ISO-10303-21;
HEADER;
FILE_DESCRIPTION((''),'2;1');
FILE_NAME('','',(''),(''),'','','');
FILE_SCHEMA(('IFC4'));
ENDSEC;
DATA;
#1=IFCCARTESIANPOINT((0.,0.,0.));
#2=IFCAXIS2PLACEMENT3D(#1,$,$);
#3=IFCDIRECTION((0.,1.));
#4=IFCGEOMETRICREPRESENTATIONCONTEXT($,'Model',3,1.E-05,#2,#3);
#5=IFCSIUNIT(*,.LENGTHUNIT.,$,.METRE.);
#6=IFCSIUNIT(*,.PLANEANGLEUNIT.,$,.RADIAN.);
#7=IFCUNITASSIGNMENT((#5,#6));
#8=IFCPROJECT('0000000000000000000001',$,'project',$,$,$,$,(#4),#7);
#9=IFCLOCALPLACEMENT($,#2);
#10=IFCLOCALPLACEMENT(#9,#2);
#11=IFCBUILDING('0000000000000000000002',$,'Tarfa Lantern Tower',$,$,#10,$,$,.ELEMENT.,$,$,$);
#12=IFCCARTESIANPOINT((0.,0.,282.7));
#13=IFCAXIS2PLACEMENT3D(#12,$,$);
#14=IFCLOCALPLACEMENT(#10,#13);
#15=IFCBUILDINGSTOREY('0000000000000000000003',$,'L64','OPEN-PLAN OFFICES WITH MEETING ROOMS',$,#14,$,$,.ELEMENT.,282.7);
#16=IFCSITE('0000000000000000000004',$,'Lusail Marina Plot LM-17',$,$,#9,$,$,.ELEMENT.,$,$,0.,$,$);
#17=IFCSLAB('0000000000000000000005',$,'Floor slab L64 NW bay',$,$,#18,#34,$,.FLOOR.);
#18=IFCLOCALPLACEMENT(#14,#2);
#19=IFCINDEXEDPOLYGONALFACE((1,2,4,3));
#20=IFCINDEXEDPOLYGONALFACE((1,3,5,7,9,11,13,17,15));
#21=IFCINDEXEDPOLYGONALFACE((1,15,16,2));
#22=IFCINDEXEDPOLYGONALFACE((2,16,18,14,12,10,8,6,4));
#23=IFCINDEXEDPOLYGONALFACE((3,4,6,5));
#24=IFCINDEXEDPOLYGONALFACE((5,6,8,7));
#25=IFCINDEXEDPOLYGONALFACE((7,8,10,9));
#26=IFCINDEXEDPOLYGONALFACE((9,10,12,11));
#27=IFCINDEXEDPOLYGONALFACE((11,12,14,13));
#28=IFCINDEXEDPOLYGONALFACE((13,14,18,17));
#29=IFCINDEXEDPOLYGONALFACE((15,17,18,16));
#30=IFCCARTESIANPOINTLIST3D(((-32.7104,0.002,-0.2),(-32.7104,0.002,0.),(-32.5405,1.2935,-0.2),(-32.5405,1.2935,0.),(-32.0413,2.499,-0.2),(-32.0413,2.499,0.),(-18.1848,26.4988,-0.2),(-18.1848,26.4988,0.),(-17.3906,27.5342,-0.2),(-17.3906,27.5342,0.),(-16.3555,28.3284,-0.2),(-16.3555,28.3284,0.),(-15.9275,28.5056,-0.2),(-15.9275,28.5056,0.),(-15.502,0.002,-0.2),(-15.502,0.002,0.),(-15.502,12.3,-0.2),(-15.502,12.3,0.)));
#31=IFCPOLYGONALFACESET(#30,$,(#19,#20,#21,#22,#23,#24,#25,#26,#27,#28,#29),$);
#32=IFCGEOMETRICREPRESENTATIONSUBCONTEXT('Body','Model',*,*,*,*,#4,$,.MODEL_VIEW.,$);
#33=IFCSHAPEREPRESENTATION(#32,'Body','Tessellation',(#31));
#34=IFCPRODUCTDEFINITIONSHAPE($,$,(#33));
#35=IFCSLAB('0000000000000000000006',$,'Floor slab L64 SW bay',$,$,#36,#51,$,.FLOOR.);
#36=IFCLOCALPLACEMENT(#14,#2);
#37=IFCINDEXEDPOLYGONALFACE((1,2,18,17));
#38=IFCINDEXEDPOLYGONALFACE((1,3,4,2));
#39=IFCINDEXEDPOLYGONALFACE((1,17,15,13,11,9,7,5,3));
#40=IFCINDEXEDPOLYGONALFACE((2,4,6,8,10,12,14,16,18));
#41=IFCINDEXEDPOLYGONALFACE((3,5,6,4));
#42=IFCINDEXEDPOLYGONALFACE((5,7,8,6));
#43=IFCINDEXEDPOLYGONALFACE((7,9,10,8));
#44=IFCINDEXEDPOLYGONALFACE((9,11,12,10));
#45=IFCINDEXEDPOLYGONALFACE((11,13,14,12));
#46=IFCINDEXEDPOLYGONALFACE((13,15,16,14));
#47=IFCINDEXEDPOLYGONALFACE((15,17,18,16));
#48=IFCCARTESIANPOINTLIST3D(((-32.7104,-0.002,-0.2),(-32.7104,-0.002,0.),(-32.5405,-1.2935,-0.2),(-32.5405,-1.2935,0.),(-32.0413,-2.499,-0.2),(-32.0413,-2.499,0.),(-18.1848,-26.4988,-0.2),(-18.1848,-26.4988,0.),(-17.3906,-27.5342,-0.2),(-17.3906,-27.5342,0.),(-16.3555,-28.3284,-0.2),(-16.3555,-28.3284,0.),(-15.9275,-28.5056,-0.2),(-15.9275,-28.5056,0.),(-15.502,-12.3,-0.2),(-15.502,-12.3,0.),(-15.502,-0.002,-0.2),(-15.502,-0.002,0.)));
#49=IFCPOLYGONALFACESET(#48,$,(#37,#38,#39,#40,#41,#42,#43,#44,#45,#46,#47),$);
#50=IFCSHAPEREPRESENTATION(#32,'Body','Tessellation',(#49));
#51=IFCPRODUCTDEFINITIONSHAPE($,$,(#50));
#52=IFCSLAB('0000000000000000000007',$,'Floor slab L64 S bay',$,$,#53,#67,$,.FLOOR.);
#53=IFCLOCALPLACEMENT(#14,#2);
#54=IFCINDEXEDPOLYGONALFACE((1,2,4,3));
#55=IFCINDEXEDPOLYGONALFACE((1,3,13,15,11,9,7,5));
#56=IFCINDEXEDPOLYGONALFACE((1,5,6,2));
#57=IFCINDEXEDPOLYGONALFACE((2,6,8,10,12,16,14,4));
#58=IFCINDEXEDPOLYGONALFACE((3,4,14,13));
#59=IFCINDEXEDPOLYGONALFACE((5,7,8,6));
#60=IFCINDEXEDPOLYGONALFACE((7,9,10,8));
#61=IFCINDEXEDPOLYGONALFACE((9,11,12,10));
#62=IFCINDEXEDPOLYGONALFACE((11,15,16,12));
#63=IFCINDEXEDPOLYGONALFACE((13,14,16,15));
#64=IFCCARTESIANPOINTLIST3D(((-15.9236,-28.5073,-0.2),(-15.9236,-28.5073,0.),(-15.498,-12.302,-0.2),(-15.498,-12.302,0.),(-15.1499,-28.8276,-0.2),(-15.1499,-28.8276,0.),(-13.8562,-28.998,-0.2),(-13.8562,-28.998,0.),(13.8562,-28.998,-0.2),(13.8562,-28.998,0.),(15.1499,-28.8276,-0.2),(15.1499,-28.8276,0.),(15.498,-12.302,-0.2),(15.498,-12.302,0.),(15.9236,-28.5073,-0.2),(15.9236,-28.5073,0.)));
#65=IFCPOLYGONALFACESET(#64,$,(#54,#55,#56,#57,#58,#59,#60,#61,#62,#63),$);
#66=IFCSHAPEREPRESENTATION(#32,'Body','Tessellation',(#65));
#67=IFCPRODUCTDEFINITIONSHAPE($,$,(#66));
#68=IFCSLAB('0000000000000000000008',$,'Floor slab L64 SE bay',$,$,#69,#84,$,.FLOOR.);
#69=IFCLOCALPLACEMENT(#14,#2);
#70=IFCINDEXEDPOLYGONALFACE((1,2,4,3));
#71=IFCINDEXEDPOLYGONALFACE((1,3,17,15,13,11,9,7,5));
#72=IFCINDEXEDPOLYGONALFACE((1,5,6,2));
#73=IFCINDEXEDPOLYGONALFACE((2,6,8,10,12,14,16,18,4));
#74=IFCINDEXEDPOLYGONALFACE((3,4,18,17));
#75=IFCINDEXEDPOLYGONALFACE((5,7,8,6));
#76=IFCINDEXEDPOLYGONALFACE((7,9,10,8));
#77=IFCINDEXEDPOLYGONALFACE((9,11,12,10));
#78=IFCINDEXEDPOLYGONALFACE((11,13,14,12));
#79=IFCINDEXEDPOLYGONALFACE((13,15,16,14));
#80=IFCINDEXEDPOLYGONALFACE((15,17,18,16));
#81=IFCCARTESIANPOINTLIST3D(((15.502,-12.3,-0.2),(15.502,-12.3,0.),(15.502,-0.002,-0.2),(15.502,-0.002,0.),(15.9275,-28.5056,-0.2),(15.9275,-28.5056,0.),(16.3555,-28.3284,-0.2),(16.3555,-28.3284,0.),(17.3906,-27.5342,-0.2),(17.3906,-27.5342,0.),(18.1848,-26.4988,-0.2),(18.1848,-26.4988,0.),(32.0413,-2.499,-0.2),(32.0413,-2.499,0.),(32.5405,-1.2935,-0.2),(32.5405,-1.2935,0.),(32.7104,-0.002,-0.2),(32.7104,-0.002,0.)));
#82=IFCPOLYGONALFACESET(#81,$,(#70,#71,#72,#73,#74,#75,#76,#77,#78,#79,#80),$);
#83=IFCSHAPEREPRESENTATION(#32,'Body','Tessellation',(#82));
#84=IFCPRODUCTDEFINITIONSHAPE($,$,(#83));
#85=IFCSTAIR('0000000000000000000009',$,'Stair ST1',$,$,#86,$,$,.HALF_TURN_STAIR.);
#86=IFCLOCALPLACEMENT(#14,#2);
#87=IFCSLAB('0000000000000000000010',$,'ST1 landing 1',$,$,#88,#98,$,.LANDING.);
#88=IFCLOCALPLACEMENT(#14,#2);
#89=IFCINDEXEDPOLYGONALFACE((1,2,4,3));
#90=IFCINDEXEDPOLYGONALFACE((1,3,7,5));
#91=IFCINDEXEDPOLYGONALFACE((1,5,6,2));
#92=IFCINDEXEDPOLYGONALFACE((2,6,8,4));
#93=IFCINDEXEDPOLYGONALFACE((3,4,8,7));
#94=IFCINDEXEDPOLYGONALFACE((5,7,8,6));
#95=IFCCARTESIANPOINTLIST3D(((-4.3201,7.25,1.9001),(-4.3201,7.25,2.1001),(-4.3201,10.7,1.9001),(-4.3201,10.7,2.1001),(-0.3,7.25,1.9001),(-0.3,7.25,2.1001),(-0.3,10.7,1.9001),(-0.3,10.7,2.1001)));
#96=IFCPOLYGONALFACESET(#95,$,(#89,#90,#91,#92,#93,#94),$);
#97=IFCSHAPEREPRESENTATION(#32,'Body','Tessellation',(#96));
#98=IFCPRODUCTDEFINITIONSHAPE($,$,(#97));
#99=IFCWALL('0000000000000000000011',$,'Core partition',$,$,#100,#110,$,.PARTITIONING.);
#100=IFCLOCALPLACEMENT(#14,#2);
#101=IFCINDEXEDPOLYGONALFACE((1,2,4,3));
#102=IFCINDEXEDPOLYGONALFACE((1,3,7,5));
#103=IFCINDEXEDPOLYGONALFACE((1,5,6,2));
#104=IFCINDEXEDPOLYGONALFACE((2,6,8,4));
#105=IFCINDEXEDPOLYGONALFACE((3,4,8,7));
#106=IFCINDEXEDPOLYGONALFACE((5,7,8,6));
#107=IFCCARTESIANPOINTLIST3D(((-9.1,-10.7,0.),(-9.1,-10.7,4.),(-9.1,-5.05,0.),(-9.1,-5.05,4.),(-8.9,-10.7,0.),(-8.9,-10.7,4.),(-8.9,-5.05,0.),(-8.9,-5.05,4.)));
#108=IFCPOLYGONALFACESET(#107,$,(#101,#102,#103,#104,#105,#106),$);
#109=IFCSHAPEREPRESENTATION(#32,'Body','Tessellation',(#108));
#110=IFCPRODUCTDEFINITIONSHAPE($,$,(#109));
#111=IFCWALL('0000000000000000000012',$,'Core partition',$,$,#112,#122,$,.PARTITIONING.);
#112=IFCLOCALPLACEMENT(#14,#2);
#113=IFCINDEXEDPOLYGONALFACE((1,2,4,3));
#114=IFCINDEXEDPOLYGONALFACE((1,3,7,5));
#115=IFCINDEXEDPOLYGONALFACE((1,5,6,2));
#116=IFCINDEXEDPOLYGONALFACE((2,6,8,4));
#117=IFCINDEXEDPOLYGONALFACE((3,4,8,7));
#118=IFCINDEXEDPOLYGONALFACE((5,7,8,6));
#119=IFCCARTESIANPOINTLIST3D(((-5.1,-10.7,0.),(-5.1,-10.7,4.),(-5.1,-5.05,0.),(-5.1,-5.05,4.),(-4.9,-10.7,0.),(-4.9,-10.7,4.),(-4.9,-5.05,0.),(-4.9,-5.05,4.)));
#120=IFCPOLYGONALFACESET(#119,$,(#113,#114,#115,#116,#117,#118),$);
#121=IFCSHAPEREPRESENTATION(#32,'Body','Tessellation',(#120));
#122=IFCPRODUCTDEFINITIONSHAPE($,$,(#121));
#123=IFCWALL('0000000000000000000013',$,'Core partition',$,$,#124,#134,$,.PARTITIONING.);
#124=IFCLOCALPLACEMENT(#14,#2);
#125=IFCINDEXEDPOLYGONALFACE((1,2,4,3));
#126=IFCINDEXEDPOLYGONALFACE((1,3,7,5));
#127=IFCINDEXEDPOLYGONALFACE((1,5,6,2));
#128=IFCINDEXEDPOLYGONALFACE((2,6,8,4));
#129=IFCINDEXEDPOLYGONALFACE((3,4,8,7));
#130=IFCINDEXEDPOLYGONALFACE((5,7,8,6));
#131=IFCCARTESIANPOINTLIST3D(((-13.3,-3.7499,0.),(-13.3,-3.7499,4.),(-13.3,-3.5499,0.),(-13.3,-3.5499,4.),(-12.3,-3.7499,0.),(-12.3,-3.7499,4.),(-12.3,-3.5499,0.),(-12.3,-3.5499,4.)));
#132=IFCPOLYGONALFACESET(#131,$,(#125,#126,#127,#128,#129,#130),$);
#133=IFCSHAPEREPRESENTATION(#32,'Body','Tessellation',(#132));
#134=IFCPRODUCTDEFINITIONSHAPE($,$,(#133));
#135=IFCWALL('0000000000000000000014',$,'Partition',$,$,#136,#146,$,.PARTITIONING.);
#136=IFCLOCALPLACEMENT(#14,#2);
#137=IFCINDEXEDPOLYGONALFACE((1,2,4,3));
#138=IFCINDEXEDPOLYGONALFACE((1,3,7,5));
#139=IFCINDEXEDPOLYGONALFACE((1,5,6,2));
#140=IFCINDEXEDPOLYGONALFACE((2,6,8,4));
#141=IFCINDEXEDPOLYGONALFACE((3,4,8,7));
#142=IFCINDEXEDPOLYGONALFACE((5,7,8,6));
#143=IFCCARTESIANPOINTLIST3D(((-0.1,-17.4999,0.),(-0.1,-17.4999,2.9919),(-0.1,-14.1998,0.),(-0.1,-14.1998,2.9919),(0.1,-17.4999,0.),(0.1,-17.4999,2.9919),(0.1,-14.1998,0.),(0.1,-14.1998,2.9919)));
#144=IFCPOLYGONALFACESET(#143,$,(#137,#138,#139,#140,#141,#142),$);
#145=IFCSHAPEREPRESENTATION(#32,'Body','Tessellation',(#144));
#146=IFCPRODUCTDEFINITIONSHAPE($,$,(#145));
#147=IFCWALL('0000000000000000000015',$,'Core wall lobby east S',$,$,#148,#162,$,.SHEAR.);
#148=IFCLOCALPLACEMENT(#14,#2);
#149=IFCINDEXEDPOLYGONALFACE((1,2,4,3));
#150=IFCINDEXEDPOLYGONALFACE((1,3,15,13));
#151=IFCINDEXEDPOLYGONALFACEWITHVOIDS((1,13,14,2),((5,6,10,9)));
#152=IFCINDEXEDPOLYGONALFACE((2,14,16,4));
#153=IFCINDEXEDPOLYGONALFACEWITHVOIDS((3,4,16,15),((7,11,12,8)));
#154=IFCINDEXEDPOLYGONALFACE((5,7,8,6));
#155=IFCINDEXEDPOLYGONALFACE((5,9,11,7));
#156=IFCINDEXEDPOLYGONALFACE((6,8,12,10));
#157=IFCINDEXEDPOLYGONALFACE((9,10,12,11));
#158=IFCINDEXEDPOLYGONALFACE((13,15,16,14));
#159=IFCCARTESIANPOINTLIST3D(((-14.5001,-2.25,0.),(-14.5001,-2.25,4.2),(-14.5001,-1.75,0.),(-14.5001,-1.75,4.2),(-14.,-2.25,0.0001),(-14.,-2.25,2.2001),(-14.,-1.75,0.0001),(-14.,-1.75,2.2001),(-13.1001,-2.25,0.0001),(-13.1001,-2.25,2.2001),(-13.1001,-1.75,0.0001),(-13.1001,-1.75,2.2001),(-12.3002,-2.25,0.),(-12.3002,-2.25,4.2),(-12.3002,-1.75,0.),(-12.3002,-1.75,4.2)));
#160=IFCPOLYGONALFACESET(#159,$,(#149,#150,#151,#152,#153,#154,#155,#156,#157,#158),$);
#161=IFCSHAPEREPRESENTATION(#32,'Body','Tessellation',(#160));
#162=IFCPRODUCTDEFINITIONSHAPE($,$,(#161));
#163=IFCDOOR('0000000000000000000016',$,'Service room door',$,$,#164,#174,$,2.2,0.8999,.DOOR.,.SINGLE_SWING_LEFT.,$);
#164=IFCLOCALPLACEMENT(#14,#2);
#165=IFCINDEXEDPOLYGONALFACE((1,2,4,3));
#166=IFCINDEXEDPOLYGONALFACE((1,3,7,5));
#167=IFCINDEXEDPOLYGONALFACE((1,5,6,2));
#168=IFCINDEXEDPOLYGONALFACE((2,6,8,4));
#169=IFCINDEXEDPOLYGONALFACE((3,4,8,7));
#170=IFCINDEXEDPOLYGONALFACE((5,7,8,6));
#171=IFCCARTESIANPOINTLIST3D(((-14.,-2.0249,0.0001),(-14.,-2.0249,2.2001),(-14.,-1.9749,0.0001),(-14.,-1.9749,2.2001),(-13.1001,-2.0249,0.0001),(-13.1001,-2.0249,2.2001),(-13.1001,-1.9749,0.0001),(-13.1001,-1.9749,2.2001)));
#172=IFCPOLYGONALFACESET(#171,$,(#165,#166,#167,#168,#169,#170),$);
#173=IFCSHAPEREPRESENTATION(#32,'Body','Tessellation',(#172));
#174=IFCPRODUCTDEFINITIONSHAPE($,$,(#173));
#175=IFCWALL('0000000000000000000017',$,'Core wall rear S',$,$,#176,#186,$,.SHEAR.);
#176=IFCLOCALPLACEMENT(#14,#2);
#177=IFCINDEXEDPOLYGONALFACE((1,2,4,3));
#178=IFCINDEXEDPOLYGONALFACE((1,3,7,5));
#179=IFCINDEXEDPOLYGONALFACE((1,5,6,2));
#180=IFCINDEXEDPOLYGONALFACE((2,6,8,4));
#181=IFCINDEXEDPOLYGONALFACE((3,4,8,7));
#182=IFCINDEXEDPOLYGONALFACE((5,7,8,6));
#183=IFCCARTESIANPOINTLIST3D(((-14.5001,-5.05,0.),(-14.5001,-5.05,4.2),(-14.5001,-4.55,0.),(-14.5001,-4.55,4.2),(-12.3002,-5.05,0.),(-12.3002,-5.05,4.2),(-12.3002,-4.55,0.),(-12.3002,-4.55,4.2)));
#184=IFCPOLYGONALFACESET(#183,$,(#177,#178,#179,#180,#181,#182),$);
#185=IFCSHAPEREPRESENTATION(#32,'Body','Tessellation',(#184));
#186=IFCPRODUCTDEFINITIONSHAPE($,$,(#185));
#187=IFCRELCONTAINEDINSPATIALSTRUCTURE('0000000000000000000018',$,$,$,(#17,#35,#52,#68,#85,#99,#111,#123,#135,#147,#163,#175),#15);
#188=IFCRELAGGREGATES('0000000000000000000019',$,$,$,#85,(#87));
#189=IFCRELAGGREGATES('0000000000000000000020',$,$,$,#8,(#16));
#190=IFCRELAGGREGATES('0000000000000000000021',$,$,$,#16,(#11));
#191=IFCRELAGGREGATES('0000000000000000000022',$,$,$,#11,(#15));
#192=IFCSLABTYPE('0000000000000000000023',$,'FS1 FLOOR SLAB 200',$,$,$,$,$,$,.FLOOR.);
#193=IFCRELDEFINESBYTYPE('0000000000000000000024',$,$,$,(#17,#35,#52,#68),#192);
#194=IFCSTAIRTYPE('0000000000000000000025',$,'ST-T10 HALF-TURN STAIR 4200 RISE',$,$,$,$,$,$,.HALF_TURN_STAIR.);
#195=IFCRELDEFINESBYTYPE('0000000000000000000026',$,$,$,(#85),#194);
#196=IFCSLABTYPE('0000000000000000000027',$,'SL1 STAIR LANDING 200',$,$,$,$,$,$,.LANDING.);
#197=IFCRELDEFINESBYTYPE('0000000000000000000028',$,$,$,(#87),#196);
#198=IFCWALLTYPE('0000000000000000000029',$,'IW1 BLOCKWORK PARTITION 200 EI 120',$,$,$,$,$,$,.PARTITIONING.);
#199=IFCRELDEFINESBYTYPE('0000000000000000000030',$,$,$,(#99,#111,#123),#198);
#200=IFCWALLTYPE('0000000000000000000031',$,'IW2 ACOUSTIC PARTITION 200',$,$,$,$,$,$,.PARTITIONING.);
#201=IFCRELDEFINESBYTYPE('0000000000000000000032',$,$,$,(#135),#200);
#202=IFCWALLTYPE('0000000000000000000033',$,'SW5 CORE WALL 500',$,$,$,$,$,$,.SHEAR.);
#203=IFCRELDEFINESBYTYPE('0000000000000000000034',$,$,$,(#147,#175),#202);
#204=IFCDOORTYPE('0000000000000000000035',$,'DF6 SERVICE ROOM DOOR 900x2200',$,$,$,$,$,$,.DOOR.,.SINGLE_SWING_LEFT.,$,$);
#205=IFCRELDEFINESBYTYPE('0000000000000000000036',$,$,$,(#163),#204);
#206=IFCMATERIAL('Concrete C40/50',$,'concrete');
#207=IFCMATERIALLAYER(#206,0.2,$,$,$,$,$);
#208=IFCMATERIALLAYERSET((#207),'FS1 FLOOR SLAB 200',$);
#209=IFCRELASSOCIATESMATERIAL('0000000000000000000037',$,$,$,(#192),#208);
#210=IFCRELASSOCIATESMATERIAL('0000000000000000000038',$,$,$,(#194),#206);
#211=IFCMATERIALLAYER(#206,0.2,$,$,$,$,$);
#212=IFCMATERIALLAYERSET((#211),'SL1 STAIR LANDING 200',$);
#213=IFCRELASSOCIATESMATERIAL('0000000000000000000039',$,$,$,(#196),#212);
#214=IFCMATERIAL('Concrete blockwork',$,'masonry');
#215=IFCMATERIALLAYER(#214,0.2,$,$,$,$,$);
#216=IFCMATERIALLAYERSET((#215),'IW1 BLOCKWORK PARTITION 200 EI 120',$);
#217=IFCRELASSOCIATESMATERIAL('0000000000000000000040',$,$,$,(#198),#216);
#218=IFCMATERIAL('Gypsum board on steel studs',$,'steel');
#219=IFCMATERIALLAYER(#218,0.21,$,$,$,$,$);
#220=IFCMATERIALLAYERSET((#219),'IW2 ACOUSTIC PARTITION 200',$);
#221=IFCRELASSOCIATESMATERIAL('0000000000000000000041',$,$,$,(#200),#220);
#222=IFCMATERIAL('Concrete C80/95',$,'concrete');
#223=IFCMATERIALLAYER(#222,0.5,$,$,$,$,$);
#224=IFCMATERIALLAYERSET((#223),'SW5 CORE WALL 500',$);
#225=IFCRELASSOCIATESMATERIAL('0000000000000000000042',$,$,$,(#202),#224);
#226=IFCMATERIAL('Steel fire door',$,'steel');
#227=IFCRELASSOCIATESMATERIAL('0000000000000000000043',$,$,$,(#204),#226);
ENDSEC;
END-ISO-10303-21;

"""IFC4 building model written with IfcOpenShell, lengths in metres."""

from ifc_helpers import new_model, si_unit, direction, frame, frame_2d, origin, place, context, subcontext, project, spatial, polyline, rectangle, outline, extrude, material, layer, layer_set, type_object, element, fill, aggregate, save


model = new_model("IFC4")

# Units and contexts
model_context = context("Model", 3, precision=1e-05, world=origin(), true_north=direction((0.0, 1.0)))
body_context = subcontext(model_context, "Body", "Model", "MODEL_VIEW")
ifc_project = project(units=[si_unit("LENGTHUNIT", "METRE"), si_unit("PLANEANGLEUNIT", "RADIAN")], contexts=[model_context])

# Site, building, storey
site_placement = place(None, origin())
site = spatial("IfcSite", under=ifc_project, at=site_placement, Name="Lusail Marina Plot LM-17", CompositionType="ELEMENT", RefElevation=0.0)
building_placement = place(site_placement, origin())
building = spatial("IfcBuilding", under=site, at=building_placement, Name="Tarfa Lantern Tower", CompositionType="ELEMENT")
storey_placement = place(building_placement, frame((0.0, 0.0, 282.7)))
storey = spatial("IfcBuildingStorey", under=building, at=storey_placement, Name="L64", Description="OPEN-PLAN OFFICES WITH MEETING ROOMS", CompositionType="ELEMENT", Elevation=282.7)

# Slabs
ifc_material_1 = material(Name="Concrete C40/50", Category="concrete")
ifc_layer_1 = layer(ifc_material_1, 0.2)
ifc_layer_set_1 = layer_set([ifc_layer_1], Name="FS1 FLOOR SLAB 200")
slab_type_1 = type_object("IfcSlabType", Name="FS1 FLOOR SLAB 200", PredefinedType="FLOOR", material=ifc_layer_set_1)
slab_1_placement = place(storey_placement, frame((0.0, 0.0, -0.2)))
element("IfcSlab", 1, at=slab_1_placement, inside=storey, type_object=slab_type_1, Name="Floor slab L64 NW bay", PredefinedType="FLOOR", context=body_context, shape_type="SweptSolid", body=[
    extrude(outline(polyline([(-15.502, 0.002), (-15.502, 12.3), (-15.9275, 28.5056), (-16.3555, 28.3284), (-17.3906, 27.5342), (-18.1848, 26.4988), (-32.0413, 2.499), (-32.5405, 1.2935), (-32.7104, 0.002), (-15.502, 0.002)])), origin(), (0.0, 0.0, 1.0), 0.2),
])
slab_2_placement = place(storey_placement, frame((0.0, 0.0, -0.2)))
element("IfcSlab", 2, at=slab_2_placement, inside=storey, type_object=slab_type_1, Name="Floor slab L64 SW bay", PredefinedType="FLOOR", context=body_context, shape_type="SweptSolid", body=[
    extrude(outline(polyline([(-15.502, -12.3), (-15.502, -0.002), (-32.7104, -0.002), (-32.5405, -1.2935), (-32.0413, -2.499), (-18.1848, -26.4988), (-17.3906, -27.5342), (-16.3555, -28.3284), (-15.9275, -28.5056), (-15.502, -12.3)])), origin(), (0.0, 0.0, 1.0), 0.2),
])
slab_3_placement = place(storey_placement, frame((0.0, 0.0, -0.2)))
element("IfcSlab", 3, at=slab_3_placement, inside=storey, type_object=slab_type_1, Name="Floor slab L64 S bay", PredefinedType="FLOOR", context=body_context, shape_type="SweptSolid", body=[
    extrude(outline(polyline([(15.498, -12.302), (-15.498, -12.302), (-15.9236, -28.5073), (-15.1499, -28.8276), (-13.8562, -28.998), (13.8562, -28.998), (15.1499, -28.8276), (15.9236, -28.5073), (15.498, -12.302)])), origin(), (0.0, 0.0, 1.0), 0.2),
])
slab_4_placement = place(storey_placement, frame((0.0, 0.0, -0.2)))
element("IfcSlab", 4, at=slab_4_placement, inside=storey, type_object=slab_type_1, Name="Floor slab L64 SE bay", PredefinedType="FLOOR", context=body_context, shape_type="SweptSolid", body=[
    extrude(outline(polyline([(15.502, -0.002), (15.502, -12.3), (15.9275, -28.5056), (16.3555, -28.3284), (17.3906, -27.5342), (18.1848, -26.4988), (32.0413, -2.499), (32.5405, -1.2935), (32.7104, -0.002), (15.502, -0.002)])), origin(), (0.0, 0.0, 1.0), 0.2),
])

# Stair, slab
stair_type = type_object("IfcStairType", Name="ST-T10 HALF-TURN STAIR 4200 RISE", PredefinedType="HALF_TURN_STAIR", material=ifc_material_1)
stair_placement = place(storey_placement, origin())
stair = element("IfcStair", 5, at=stair_placement, inside=storey, type_object=stair_type, Name="Stair ST1", PredefinedType="HALF_TURN_STAIR")
ifc_layer_2 = layer(ifc_material_1, 0.2)
ifc_layer_set_2 = layer_set([ifc_layer_2], Name="SL1 STAIR LANDING 200")
slab_type_2 = type_object("IfcSlabType", Name="SL1 STAIR LANDING 200", PredefinedType="LANDING", material=ifc_layer_set_2)
slab_5_placement = place(storey_placement, frame((0.0, 0.0, 1.9001)))
slab_5 = element("IfcSlab", 6, at=slab_5_placement, type_object=slab_type_2, Name="ST1 landing 1", PredefinedType="LANDING", context=body_context, shape_type="SweptSolid", body=[
    extrude(outline(polyline([(-4.3201, 7.25), (-0.3, 7.25), (-0.3, 10.7), (-4.3201, 10.7), (-4.3201, 7.25)])), origin(), (0.0, 0.0, 1.0), 0.2),
])
aggregate(stair, [slab_5])

# Walls
ifc_material_2 = material(Name="Concrete blockwork", Category="masonry")
ifc_layer_3 = layer(ifc_material_2, 0.2)
ifc_layer_set_3 = layer_set([ifc_layer_3], Name="IW1 BLOCKWORK PARTITION 200 EI 120")
wall_type_1 = type_object("IfcWallType", Name="IW1 BLOCKWORK PARTITION 200 EI 120", PredefinedType="PARTITIONING", material=ifc_layer_set_3)
for number, where, z_axis, x_axis, name in (
    (7, (-9.0, -5.05, 0.0), (0.0, 0.0, 1.0), (0.0, -1.0, 0.0), "Core partition"),
    (8, (-5.0, -5.05, 0.0), (0.0, 0.0, 1.0), (0.0, -1.0, 0.0), "Core partition"),
):
    element("IfcWall", number, at=place(storey_placement, frame(where, z_axis=z_axis, x_axis=x_axis)), inside=storey, type_object=wall_type_1, Name=name, PredefinedType="PARTITIONING", context=body_context, shape_type="SweptSolid", body=[
        extrude(rectangle(XDim=5.6499, YDim=0.2, at=frame_2d((2.825, 0.0))), origin(), (0.0, 0.0, 1.0), 4.0),
    ])
wall_1_placement = place(storey_placement, frame((-12.3, -3.6499, 0.0), z_axis=(0.0, 0.0, 1.0), x_axis=(-1.0, 0.0, 0.0)))
element("IfcWall", 9, at=wall_1_placement, inside=storey, type_object=wall_type_1, Name="Core partition", PredefinedType="PARTITIONING", context=body_context, shape_type="SweptSolid", body=[
    extrude(rectangle(XDim=1.0, YDim=0.2, at=frame_2d((0.5, 0.0))), origin(), (0.0, 0.0, 1.0), 4.0),
])
ifc_material_3 = material(Name="Gypsum board on steel studs", Category="steel")
ifc_layer_4 = layer(ifc_material_3, 0.21)
ifc_layer_set_4 = layer_set([ifc_layer_4], Name="IW2 ACOUSTIC PARTITION 200")
wall_type_2 = type_object("IfcWallType", Name="IW2 ACOUSTIC PARTITION 200", PredefinedType="PARTITIONING", material=ifc_layer_set_4)
wall_2_placement = place(storey_placement, frame((0.0, -14.2, 0.0), z_axis=(0.0, 0.0, 1.0), x_axis=(0.0, -1.0, 0.0)))
element("IfcWall", 10, at=wall_2_placement, inside=storey, type_object=wall_type_2, Name="Partition", PredefinedType="PARTITIONING", context=body_context, shape_type="SweptSolid", body=[
    extrude(rectangle(XDim=3.3, YDim=0.2, at=frame_2d((1.6499, 0.0))), origin(), (0.0, 0.0, 1.0), 2.9919),
])

# Wall, opening, door
ifc_material_4 = material(Name="Concrete C80/95", Category="concrete")
ifc_layer_5 = layer(ifc_material_4, 0.5)
ifc_layer_set_5 = layer_set([ifc_layer_5], Name="SW5 CORE WALL 500")
wall_type_3 = type_object("IfcWallType", Name="SW5 CORE WALL 500", PredefinedType="SHEAR", material=ifc_layer_set_5)
wall_3_placement = place(storey_placement, frame((-12.3, -2.0, 0.0), z_axis=(0.0, 0.0, 1.0), x_axis=(-1.0, 0.0, 0.0)))
wall_3 = element("IfcWall", 11, at=wall_3_placement, inside=storey, type_object=wall_type_3, Name="Core wall lobby east S", PredefinedType="SHEAR", context=body_context, shape_type="SweptSolid", body=[
    extrude(rectangle(XDim=2.2, YDim=0.5, at=frame_2d((1.1001, 0.0))), origin(), (0.0, 0.0, 1.0), 4.2),
])
opening_1_placement = place(wall_3_placement, frame((0.8, 0.0, 0.0)))
opening_1 = element("IfcOpeningElement", 12, at=opening_1_placement, cuts=wall_3, PredefinedType="OPENING", context=body_context, shape_type="SweptSolid", body=[
    extrude(rectangle(XDim=0.8999, YDim=2.2, at=frame_2d((0.45, 1.1001))), frame((0.0, 0.26, 0.0), z_axis=(0.0, -1.0, 0.0), x_axis=(1.0, 0.0, 0.0)), (0.0, 0.0, 1.0), 0.52),
])
ifc_material_5 = material(Name="Steel fire door", Category="steel")
door_type_1 = type_object("IfcDoorType", Name="DF6 SERVICE ROOM DOOR 900x2200", OperationType="SINGLE_SWING_LEFT", PredefinedType="DOOR", material=ifc_material_5)
door_1_placement = place(opening_1_placement, origin())
door_1 = element("IfcDoor", 13, at=door_1_placement, inside=storey, type_object=door_type_1, Name="Service room door", OperationType="SINGLE_SWING_LEFT", OverallHeight=2.2, OverallWidth=0.8999, PredefinedType="DOOR", context=body_context, shape_type="SweptSolid", body=[
    extrude(rectangle(XDim=0.8999, YDim=2.2, at=frame_2d((0.45, 1.1001))), frame((0.0, 0.0249, 0.0), z_axis=(0.0, -1.0, 0.0), x_axis=(1.0, 0.0, 0.0)), (0.0, 0.0, 1.0), 0.05),
])
fill(opening_1, door_1)

# Wall
wall_4_placement = place(storey_placement, frame((-12.3, -4.8, 0.0), z_axis=(0.0, 0.0, 1.0), x_axis=(-1.0, 0.0, 0.0)))
element("IfcWall", 14, at=wall_4_placement, inside=storey, type_object=wall_type_3, Name="Core wall rear S", PredefinedType="SHEAR", context=body_context, shape_type="SweptSolid", body=[
    extrude(rectangle(XDim=2.2, YDim=0.5, at=frame_2d((1.1001, 0.0))), origin(), (0.0, 0.0, 1.0), 4.2),
])

save(model, "model.ifc")
